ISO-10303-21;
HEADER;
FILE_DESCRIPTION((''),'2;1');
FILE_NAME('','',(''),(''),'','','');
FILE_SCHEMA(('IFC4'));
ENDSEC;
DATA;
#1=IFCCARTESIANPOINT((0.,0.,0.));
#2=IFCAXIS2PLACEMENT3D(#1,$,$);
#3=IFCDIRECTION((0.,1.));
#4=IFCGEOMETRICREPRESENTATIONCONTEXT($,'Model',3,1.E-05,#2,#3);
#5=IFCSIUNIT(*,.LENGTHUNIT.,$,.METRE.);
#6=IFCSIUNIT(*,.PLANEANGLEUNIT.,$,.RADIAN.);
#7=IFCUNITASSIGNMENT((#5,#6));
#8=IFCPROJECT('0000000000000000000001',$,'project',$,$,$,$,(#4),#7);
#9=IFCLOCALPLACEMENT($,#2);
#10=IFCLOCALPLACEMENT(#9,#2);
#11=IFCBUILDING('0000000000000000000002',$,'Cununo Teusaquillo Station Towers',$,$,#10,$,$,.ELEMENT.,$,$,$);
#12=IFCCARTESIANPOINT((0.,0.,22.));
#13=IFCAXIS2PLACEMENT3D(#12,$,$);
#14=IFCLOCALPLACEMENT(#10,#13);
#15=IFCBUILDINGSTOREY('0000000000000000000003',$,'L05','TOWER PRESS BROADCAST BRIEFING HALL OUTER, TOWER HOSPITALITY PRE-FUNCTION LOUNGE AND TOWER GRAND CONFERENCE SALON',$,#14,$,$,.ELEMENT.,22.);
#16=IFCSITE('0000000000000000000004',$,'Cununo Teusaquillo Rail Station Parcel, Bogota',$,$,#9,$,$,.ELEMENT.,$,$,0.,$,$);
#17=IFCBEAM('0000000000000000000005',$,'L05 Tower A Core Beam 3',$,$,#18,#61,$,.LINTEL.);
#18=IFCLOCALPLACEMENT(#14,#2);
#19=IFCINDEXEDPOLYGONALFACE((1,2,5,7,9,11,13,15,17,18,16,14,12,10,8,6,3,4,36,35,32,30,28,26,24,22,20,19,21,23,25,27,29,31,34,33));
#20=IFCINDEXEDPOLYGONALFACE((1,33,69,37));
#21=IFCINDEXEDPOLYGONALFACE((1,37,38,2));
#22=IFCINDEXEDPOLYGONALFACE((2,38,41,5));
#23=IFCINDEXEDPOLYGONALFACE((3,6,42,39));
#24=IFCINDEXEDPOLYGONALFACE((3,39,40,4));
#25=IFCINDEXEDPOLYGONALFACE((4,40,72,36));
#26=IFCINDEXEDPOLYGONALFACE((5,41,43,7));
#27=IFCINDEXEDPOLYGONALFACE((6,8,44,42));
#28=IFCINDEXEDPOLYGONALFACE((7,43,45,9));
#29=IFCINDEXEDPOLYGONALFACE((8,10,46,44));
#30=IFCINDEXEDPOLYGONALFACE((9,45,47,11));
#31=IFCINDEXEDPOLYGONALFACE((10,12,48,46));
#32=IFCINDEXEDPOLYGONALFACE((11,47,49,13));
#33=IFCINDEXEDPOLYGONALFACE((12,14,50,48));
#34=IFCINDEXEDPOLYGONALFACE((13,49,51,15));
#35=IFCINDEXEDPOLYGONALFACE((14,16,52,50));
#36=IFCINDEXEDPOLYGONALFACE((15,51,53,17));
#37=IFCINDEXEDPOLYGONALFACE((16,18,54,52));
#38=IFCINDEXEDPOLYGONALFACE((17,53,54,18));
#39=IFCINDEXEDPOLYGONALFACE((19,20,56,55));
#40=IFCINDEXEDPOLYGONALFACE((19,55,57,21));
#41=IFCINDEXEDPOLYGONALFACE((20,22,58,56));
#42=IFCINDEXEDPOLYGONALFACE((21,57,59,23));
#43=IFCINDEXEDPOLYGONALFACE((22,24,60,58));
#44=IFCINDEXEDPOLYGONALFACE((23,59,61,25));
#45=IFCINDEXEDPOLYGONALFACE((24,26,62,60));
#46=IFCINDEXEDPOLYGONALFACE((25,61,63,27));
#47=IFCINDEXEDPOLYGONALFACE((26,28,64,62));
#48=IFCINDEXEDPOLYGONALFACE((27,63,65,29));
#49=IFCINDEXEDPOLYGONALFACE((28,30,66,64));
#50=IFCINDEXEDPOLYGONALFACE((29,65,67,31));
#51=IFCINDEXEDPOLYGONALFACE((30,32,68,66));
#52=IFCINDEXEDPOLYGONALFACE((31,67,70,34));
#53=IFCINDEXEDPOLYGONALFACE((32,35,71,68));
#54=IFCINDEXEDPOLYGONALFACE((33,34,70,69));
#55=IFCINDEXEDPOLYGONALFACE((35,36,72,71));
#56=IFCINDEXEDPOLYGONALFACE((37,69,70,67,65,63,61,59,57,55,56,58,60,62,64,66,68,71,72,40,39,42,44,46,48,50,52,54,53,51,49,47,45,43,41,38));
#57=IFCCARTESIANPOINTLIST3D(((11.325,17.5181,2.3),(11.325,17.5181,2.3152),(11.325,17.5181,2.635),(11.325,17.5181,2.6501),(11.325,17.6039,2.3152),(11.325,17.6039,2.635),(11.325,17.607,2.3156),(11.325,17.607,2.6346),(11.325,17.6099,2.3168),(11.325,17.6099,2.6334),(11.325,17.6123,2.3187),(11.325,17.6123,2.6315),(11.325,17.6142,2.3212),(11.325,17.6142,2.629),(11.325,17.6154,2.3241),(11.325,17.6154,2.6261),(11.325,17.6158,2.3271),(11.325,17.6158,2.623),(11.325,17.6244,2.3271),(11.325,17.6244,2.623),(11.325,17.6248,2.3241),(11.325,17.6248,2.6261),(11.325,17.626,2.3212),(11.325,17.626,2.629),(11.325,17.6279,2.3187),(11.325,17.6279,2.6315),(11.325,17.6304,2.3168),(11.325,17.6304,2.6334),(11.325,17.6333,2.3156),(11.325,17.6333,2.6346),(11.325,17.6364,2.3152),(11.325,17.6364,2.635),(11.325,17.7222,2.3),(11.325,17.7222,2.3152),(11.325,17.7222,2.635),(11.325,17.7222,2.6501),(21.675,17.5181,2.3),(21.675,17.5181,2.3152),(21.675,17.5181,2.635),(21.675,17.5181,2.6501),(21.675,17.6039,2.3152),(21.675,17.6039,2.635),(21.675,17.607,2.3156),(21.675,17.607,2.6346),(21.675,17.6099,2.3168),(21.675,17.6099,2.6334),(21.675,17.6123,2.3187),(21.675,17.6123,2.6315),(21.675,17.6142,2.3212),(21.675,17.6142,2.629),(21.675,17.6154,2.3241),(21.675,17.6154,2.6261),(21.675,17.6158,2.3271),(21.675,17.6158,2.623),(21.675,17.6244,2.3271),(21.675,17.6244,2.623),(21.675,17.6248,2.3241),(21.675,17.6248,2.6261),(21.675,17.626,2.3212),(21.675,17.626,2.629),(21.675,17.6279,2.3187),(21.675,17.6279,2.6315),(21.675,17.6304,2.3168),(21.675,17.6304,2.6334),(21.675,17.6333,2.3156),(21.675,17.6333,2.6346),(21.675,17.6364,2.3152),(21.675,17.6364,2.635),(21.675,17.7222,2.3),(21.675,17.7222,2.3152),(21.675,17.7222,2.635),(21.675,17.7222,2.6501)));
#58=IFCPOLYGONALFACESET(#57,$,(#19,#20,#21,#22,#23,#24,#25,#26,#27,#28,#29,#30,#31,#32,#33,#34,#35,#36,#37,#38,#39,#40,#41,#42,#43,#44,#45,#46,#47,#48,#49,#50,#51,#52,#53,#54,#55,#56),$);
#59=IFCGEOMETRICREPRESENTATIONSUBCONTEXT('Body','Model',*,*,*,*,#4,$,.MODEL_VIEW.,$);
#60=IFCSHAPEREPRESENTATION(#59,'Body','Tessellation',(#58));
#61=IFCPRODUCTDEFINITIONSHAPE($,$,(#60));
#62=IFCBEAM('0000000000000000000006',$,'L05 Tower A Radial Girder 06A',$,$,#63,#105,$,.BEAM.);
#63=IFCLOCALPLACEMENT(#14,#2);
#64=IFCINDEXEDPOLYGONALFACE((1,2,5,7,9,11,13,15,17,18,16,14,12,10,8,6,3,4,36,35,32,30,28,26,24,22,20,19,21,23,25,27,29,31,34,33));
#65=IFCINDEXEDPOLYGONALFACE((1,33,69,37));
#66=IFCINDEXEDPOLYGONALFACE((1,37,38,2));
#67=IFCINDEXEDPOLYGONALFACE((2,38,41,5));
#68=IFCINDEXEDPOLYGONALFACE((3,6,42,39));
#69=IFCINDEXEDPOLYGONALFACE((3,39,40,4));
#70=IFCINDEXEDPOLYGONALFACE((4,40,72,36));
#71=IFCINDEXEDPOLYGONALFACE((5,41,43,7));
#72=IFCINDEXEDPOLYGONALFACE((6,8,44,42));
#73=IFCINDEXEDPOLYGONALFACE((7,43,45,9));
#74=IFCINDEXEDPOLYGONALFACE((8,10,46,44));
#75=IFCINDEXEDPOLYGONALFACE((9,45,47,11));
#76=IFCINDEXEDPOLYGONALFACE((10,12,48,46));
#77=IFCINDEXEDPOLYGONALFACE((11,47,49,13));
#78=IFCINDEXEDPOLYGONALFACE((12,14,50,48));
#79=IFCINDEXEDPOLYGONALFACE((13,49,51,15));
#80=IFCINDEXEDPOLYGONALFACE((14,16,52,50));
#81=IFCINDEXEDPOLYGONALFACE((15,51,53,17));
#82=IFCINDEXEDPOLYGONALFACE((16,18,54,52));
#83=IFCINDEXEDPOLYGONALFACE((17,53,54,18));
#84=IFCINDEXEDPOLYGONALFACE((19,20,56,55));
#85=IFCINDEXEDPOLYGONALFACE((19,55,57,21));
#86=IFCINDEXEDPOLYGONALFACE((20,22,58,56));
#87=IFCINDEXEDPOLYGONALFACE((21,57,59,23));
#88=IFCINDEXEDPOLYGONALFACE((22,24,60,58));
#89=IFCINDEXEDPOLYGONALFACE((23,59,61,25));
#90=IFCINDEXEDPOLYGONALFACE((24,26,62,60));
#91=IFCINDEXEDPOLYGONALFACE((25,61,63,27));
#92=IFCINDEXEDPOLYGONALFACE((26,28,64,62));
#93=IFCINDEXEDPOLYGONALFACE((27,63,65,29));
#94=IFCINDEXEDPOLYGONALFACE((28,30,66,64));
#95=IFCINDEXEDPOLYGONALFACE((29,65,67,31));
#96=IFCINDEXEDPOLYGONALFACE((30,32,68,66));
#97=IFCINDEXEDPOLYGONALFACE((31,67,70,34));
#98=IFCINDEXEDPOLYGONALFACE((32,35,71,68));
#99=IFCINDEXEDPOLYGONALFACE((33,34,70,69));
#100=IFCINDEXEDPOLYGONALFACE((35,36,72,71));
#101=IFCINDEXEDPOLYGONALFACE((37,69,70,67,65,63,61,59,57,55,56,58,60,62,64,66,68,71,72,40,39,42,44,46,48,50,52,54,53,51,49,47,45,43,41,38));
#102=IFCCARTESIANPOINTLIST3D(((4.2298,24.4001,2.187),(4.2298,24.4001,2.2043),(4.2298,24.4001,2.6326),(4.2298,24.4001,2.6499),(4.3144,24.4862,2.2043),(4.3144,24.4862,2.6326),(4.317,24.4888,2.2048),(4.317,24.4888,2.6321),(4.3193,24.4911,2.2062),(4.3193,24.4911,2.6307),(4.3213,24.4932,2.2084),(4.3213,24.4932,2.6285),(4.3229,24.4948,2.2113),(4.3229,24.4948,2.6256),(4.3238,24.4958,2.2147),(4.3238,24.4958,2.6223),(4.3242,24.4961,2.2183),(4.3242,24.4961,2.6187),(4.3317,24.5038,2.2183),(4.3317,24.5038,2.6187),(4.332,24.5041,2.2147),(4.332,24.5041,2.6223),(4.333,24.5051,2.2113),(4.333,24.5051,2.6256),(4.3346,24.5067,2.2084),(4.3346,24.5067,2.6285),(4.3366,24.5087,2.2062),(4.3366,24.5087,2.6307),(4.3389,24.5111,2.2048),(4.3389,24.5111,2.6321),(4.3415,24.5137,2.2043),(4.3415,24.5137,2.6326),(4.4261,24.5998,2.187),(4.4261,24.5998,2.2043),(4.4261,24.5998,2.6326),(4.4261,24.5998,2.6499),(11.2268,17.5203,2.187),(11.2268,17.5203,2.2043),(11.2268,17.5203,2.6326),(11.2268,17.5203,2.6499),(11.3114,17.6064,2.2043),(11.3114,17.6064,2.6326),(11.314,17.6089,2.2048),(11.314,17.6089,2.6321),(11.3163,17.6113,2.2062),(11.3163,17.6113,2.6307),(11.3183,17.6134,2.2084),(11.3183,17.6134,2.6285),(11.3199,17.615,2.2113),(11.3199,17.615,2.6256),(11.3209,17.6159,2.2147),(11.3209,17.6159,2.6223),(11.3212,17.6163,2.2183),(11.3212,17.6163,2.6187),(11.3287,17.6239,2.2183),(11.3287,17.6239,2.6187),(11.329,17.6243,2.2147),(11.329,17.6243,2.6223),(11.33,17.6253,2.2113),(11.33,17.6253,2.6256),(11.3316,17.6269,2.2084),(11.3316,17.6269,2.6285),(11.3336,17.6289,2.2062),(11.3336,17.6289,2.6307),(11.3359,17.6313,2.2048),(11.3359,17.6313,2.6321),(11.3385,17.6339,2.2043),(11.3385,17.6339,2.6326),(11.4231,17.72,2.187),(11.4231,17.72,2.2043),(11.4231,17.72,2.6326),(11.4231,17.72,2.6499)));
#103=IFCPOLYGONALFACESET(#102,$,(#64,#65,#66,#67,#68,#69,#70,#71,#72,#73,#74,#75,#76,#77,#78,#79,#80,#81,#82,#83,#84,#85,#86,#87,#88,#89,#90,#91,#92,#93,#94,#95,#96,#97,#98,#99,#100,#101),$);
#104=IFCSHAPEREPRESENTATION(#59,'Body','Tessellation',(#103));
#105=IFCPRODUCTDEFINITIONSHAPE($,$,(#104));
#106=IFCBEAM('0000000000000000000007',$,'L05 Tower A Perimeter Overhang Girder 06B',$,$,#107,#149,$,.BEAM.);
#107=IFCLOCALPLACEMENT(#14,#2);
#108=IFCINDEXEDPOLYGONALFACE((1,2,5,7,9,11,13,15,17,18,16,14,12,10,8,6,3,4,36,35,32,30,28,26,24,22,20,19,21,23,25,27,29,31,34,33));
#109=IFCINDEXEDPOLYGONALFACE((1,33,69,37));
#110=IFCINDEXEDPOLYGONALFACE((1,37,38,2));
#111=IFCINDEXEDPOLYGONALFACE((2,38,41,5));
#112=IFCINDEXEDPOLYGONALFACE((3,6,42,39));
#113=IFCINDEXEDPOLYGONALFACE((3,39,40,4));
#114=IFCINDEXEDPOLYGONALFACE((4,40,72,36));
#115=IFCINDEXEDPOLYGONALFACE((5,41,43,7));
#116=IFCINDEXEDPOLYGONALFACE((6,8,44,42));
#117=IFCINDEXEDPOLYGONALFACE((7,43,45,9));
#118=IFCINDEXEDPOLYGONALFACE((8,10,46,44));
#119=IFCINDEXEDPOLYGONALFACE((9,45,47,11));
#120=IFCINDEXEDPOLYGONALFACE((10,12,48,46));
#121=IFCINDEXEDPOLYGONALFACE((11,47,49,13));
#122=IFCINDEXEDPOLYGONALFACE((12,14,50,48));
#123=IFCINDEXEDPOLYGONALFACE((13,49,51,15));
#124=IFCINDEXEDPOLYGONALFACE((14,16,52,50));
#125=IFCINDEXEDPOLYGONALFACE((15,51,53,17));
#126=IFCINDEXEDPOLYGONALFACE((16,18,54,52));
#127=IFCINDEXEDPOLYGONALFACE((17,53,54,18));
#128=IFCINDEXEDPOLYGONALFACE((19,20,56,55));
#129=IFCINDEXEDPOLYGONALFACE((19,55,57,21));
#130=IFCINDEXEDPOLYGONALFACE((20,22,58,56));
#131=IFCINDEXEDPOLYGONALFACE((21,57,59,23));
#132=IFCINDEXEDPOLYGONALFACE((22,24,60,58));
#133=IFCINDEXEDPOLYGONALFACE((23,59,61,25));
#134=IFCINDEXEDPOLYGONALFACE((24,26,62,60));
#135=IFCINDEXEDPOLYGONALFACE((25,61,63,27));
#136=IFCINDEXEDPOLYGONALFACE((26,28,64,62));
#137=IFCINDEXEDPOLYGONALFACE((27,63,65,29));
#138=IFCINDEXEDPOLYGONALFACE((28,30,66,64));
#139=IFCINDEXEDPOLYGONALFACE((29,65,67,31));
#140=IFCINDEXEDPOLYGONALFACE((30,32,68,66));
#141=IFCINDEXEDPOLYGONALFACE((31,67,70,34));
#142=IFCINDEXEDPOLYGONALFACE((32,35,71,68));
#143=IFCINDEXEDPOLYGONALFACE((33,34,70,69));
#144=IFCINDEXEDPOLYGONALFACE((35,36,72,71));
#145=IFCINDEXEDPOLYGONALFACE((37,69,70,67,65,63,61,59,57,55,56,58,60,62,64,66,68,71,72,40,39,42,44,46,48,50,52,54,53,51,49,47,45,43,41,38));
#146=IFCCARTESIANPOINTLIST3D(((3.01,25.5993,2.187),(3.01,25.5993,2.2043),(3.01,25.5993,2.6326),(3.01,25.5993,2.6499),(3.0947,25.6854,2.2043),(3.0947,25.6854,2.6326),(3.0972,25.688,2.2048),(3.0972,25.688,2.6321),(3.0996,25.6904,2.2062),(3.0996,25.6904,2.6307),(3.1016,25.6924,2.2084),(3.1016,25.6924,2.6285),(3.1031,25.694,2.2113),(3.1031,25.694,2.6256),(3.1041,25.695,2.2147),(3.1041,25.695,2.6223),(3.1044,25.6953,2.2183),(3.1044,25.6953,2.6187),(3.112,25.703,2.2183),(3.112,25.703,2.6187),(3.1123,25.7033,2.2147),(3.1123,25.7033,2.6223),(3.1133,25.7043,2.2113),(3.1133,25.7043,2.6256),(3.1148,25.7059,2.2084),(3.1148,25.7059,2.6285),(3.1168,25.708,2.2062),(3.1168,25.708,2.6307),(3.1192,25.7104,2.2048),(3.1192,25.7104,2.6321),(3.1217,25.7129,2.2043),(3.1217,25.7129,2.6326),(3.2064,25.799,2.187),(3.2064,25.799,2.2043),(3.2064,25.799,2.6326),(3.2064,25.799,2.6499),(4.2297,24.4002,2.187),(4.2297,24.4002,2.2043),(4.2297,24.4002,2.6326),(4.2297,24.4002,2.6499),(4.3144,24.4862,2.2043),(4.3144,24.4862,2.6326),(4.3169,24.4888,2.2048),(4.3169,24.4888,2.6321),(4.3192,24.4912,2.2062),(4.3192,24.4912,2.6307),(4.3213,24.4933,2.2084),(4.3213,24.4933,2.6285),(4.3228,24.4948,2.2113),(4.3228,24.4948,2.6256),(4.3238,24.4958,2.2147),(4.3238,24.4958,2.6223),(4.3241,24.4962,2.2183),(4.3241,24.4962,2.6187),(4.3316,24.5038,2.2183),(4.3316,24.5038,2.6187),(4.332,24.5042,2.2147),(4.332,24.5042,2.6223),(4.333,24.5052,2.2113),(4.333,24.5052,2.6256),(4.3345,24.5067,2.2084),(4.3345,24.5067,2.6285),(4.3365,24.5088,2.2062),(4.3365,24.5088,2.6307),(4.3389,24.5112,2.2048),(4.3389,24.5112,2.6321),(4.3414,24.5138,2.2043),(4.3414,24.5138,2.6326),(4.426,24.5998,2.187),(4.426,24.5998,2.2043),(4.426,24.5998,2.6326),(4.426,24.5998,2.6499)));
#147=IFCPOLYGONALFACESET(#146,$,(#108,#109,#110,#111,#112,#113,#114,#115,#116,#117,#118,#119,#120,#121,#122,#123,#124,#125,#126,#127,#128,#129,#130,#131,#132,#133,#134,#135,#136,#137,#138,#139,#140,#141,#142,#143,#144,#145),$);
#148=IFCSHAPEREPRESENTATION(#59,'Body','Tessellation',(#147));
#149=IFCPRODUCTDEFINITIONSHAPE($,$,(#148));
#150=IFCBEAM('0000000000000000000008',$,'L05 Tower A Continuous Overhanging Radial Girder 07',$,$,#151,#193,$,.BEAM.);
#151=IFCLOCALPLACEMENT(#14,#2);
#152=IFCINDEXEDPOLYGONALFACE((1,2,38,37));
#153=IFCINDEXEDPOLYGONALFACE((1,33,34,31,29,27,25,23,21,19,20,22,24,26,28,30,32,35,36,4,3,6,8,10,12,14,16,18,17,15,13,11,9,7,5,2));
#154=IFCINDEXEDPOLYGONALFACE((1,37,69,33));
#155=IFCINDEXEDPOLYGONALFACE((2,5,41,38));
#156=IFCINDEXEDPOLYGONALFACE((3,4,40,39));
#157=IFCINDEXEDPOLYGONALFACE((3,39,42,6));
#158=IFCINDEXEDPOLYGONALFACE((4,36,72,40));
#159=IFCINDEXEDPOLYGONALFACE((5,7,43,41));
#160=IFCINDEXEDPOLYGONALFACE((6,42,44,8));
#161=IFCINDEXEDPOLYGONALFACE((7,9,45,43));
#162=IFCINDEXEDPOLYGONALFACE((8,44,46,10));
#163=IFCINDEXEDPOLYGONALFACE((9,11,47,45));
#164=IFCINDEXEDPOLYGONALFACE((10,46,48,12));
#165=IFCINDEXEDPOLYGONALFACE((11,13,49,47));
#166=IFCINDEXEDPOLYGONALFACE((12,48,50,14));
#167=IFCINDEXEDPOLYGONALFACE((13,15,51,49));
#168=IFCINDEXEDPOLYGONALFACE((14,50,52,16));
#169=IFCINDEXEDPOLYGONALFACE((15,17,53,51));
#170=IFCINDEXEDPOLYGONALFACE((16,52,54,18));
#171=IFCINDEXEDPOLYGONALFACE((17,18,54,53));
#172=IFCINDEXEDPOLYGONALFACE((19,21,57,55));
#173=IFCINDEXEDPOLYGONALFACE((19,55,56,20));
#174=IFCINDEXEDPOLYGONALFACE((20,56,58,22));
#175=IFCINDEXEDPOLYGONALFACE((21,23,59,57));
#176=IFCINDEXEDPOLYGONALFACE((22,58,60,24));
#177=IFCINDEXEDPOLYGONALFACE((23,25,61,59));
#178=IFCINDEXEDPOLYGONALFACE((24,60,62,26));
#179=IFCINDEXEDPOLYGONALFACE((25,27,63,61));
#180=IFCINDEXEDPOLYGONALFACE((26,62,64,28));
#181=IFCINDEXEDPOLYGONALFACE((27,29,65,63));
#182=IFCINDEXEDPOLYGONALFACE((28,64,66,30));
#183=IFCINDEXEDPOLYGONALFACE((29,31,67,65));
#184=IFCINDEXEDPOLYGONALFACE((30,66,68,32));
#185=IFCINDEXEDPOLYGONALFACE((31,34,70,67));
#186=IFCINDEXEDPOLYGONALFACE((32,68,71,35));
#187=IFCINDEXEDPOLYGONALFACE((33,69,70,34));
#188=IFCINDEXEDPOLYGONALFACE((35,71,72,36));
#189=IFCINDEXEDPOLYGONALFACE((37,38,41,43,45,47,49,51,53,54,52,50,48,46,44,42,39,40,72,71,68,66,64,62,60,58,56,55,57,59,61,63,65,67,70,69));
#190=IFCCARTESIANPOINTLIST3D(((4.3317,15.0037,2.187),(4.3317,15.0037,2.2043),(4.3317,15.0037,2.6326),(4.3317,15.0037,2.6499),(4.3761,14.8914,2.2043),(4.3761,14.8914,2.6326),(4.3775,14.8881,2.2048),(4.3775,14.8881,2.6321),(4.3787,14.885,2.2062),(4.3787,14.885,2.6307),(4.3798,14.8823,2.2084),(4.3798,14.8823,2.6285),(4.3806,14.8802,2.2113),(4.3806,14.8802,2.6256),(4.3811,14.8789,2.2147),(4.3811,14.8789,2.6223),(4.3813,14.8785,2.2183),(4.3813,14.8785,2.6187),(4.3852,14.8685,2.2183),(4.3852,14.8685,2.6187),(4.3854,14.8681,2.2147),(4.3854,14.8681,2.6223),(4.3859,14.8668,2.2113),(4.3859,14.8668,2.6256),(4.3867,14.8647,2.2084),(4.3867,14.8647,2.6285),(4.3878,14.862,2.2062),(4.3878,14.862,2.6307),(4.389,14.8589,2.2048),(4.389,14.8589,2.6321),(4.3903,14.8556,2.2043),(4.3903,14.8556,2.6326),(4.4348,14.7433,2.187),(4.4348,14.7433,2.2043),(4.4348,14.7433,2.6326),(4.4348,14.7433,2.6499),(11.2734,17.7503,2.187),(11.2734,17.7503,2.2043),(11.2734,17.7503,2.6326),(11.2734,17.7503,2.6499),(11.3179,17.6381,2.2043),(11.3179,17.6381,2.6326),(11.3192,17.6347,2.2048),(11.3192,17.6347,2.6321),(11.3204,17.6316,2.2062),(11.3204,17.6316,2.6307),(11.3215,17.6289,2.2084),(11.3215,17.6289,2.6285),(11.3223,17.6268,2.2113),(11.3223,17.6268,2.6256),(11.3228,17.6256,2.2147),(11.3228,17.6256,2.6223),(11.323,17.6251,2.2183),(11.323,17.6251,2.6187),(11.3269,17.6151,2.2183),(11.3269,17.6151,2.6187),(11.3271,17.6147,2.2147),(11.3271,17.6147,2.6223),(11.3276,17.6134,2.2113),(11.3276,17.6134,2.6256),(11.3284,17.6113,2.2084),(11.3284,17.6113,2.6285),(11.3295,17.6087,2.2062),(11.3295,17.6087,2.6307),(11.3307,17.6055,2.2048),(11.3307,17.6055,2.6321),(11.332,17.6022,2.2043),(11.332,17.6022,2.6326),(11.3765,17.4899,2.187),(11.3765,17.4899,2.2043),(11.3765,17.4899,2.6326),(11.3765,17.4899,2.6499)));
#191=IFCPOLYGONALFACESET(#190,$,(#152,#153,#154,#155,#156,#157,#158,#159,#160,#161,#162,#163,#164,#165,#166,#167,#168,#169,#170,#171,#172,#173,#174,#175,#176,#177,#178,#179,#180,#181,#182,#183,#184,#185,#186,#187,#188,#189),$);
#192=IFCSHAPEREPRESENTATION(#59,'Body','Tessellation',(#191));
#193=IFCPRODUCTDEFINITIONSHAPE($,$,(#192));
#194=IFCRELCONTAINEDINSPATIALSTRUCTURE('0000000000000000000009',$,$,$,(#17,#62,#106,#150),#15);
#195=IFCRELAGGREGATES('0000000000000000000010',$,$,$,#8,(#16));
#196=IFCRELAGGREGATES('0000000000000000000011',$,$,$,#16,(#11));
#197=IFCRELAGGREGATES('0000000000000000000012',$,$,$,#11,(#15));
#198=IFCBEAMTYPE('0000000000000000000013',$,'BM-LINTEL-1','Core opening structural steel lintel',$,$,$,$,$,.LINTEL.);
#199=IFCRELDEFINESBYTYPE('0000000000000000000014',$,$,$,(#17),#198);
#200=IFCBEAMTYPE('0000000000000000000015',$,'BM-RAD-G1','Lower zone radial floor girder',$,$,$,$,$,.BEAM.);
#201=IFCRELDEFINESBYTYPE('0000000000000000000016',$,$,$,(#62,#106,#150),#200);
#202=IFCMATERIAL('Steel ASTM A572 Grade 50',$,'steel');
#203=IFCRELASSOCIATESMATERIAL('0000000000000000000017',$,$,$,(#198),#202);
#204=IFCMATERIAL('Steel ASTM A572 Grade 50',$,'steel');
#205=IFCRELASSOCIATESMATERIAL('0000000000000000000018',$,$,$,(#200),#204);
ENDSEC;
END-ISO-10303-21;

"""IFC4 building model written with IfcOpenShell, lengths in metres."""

from ifc_helpers import new_model, si_unit, direction, frame, origin, origin_2d, place, context, subcontext, project, spatial, i_section, extrude, material, material_profile, profile_set, type_object, element, save


model = new_model("IFC4")

# Units and contexts
model_context = context("Model", 3, precision=1e-05, world=origin(), true_north=direction((0.0, 1.0)))
body_context = subcontext(model_context, "Body", "Model", "MODEL_VIEW")
ifc_project = project(units=[si_unit("LENGTHUNIT", "METRE"), si_unit("PLANEANGLEUNIT", "RADIAN")], contexts=[model_context])

# Site, building, storey
site_placement = place(None, origin())
site = spatial("IfcSite", under=ifc_project, at=site_placement, Name="Cununo Teusaquillo Rail Station Parcel, Bogota", CompositionType="ELEMENT", RefElevation=0.0)
building_placement = place(site_placement, origin())
building = spatial("IfcBuilding", under=site, at=building_placement, Name="Cununo Teusaquillo Station Towers", CompositionType="ELEMENT")
storey_placement = place(building_placement, frame((0.0, 0.0, 22.0)))
storey = spatial("IfcBuildingStorey", under=building, at=storey_placement, Name="L05", Description="TOWER PRESS BROADCAST BRIEFING HALL OUTER, TOWER HOSPITALITY PRE-FUNCTION LOUNGE AND TOWER GRAND CONFERENCE SALON", CompositionType="ELEMENT", Elevation=22.0)

# Beams
ifc_material_1 = material(Name="Steel ASTM A572 Grade 50", Category="steel")
ifc_material_profile_1 = material_profile(ifc_material_1, i_section(OverallWidth=0.2041, OverallDepth=0.3501, WebThickness=0.0085, FlangeThickness=0.0151, FilletRadius=0.012, at=origin_2d()), Name="W14X48")
ifc_profile_set_1 = profile_set([ifc_material_profile_1], Name="Steel ASTM A572 Grade 50")
beam_type_1 = type_object("IfcBeamType", Name="BM-LINTEL-1", Description="Core opening structural steel lintel", PredefinedType="LINTEL", material=ifc_profile_set_1)
beam_1_placement = place(storey_placement, frame((11.325, 17.6201, 2.4751), z_axis=(1.0, 0.0, 0.0), x_axis=(0.0, 1.0, 0.0)))
element("IfcBeam", 1, at=beam_1_placement, inside=storey, type_object=beam_type_1, Name="L05 Tower A Core Beam 3", PredefinedType="LINTEL", context=body_context, shape_type="SweptSolid", body=[
    extrude(i_section(OverallWidth=0.2041, OverallDepth=0.3501, WebThickness=0.0085, FlangeThickness=0.0151, FilletRadius=0.012, at=origin_2d()), origin(), (0.0, 0.0, 1.0), 10.3501),
])
ifc_material_2 = material(Name="Steel ASTM A572 Grade 50", Category="steel")
ifc_material_profile_2 = material_profile(ifc_material_2, i_section(OverallWidth=0.28, OverallDepth=0.4629, WebThickness=0.0107, FlangeThickness=0.0173, FilletRadius=0.0139, at=origin_2d()), Name="W18X76")
ifc_profile_set_2 = profile_set([ifc_material_profile_2], Name="Steel ASTM A572 Grade 50")
beam_type_2 = type_object("IfcBeamType", Name="BM-RAD-G1", Description="Lower zone radial floor girder", PredefinedType="BEAM", material=ifc_profile_set_2)
beam_2_placement = place(storey_placement, frame((11.325, 17.6201, 2.4185), z_axis=(-0.713053, 0.70111, 0.0), x_axis=(-0.70111, -0.713053, 0.0)))
element("IfcBeam", 2, at=beam_2_placement, inside=storey, type_object=beam_type_2, Name="L05 Tower A Radial Girder 06A", PredefinedType="BEAM", context=body_context, shape_type="SweptSolid", body=[
    extrude(i_section(OverallWidth=0.28, OverallDepth=0.4629, WebThickness=0.0107, FlangeThickness=0.0173, FilletRadius=0.0139, at=origin_2d()), origin(), (0.0, 0.0, 1.0), 9.8127),
])
beam_3_placement = place(storey_placement, frame((4.3279, 24.5, 2.4185), z_axis=(-0.713076, 0.701087, 0.0), x_axis=(-0.701087, -0.713076, 0.0)))
element("IfcBeam", 3, at=beam_3_placement, inside=storey, type_object=beam_type_2, Name="L05 Tower A Perimeter Overhang Girder 06B", PredefinedType="BEAM", context=body_context, shape_type="SweptSolid", body=[
    extrude(i_section(OverallWidth=0.28, OverallDepth=0.4629, WebThickness=0.0107, FlangeThickness=0.0173, FilletRadius=0.0139, at=origin_2d()), origin(), (0.0, 0.0, 1.0), 1.7104),
])
beam_4_placement = place(storey_placement, frame((11.325, 17.6201, 2.4185), z_axis=(-0.92986, -0.367915, 0.0), x_axis=(0.367915, -0.92986, 0.0)))
element("IfcBeam", 4, at=beam_4_placement, inside=storey, type_object=beam_type_2, Name="L05 Tower A Continuous Overhanging Radial Girder 07", PredefinedType="BEAM", context=body_context, shape_type="SweptSolid", body=[
    extrude(i_section(OverallWidth=0.28, OverallDepth=0.4629, WebThickness=0.0107, FlangeThickness=0.0173, FilletRadius=0.0139, at=origin_2d()), origin(), (0.0, 0.0, 1.0), 7.4653),
])

save(model, "model.ifc")
